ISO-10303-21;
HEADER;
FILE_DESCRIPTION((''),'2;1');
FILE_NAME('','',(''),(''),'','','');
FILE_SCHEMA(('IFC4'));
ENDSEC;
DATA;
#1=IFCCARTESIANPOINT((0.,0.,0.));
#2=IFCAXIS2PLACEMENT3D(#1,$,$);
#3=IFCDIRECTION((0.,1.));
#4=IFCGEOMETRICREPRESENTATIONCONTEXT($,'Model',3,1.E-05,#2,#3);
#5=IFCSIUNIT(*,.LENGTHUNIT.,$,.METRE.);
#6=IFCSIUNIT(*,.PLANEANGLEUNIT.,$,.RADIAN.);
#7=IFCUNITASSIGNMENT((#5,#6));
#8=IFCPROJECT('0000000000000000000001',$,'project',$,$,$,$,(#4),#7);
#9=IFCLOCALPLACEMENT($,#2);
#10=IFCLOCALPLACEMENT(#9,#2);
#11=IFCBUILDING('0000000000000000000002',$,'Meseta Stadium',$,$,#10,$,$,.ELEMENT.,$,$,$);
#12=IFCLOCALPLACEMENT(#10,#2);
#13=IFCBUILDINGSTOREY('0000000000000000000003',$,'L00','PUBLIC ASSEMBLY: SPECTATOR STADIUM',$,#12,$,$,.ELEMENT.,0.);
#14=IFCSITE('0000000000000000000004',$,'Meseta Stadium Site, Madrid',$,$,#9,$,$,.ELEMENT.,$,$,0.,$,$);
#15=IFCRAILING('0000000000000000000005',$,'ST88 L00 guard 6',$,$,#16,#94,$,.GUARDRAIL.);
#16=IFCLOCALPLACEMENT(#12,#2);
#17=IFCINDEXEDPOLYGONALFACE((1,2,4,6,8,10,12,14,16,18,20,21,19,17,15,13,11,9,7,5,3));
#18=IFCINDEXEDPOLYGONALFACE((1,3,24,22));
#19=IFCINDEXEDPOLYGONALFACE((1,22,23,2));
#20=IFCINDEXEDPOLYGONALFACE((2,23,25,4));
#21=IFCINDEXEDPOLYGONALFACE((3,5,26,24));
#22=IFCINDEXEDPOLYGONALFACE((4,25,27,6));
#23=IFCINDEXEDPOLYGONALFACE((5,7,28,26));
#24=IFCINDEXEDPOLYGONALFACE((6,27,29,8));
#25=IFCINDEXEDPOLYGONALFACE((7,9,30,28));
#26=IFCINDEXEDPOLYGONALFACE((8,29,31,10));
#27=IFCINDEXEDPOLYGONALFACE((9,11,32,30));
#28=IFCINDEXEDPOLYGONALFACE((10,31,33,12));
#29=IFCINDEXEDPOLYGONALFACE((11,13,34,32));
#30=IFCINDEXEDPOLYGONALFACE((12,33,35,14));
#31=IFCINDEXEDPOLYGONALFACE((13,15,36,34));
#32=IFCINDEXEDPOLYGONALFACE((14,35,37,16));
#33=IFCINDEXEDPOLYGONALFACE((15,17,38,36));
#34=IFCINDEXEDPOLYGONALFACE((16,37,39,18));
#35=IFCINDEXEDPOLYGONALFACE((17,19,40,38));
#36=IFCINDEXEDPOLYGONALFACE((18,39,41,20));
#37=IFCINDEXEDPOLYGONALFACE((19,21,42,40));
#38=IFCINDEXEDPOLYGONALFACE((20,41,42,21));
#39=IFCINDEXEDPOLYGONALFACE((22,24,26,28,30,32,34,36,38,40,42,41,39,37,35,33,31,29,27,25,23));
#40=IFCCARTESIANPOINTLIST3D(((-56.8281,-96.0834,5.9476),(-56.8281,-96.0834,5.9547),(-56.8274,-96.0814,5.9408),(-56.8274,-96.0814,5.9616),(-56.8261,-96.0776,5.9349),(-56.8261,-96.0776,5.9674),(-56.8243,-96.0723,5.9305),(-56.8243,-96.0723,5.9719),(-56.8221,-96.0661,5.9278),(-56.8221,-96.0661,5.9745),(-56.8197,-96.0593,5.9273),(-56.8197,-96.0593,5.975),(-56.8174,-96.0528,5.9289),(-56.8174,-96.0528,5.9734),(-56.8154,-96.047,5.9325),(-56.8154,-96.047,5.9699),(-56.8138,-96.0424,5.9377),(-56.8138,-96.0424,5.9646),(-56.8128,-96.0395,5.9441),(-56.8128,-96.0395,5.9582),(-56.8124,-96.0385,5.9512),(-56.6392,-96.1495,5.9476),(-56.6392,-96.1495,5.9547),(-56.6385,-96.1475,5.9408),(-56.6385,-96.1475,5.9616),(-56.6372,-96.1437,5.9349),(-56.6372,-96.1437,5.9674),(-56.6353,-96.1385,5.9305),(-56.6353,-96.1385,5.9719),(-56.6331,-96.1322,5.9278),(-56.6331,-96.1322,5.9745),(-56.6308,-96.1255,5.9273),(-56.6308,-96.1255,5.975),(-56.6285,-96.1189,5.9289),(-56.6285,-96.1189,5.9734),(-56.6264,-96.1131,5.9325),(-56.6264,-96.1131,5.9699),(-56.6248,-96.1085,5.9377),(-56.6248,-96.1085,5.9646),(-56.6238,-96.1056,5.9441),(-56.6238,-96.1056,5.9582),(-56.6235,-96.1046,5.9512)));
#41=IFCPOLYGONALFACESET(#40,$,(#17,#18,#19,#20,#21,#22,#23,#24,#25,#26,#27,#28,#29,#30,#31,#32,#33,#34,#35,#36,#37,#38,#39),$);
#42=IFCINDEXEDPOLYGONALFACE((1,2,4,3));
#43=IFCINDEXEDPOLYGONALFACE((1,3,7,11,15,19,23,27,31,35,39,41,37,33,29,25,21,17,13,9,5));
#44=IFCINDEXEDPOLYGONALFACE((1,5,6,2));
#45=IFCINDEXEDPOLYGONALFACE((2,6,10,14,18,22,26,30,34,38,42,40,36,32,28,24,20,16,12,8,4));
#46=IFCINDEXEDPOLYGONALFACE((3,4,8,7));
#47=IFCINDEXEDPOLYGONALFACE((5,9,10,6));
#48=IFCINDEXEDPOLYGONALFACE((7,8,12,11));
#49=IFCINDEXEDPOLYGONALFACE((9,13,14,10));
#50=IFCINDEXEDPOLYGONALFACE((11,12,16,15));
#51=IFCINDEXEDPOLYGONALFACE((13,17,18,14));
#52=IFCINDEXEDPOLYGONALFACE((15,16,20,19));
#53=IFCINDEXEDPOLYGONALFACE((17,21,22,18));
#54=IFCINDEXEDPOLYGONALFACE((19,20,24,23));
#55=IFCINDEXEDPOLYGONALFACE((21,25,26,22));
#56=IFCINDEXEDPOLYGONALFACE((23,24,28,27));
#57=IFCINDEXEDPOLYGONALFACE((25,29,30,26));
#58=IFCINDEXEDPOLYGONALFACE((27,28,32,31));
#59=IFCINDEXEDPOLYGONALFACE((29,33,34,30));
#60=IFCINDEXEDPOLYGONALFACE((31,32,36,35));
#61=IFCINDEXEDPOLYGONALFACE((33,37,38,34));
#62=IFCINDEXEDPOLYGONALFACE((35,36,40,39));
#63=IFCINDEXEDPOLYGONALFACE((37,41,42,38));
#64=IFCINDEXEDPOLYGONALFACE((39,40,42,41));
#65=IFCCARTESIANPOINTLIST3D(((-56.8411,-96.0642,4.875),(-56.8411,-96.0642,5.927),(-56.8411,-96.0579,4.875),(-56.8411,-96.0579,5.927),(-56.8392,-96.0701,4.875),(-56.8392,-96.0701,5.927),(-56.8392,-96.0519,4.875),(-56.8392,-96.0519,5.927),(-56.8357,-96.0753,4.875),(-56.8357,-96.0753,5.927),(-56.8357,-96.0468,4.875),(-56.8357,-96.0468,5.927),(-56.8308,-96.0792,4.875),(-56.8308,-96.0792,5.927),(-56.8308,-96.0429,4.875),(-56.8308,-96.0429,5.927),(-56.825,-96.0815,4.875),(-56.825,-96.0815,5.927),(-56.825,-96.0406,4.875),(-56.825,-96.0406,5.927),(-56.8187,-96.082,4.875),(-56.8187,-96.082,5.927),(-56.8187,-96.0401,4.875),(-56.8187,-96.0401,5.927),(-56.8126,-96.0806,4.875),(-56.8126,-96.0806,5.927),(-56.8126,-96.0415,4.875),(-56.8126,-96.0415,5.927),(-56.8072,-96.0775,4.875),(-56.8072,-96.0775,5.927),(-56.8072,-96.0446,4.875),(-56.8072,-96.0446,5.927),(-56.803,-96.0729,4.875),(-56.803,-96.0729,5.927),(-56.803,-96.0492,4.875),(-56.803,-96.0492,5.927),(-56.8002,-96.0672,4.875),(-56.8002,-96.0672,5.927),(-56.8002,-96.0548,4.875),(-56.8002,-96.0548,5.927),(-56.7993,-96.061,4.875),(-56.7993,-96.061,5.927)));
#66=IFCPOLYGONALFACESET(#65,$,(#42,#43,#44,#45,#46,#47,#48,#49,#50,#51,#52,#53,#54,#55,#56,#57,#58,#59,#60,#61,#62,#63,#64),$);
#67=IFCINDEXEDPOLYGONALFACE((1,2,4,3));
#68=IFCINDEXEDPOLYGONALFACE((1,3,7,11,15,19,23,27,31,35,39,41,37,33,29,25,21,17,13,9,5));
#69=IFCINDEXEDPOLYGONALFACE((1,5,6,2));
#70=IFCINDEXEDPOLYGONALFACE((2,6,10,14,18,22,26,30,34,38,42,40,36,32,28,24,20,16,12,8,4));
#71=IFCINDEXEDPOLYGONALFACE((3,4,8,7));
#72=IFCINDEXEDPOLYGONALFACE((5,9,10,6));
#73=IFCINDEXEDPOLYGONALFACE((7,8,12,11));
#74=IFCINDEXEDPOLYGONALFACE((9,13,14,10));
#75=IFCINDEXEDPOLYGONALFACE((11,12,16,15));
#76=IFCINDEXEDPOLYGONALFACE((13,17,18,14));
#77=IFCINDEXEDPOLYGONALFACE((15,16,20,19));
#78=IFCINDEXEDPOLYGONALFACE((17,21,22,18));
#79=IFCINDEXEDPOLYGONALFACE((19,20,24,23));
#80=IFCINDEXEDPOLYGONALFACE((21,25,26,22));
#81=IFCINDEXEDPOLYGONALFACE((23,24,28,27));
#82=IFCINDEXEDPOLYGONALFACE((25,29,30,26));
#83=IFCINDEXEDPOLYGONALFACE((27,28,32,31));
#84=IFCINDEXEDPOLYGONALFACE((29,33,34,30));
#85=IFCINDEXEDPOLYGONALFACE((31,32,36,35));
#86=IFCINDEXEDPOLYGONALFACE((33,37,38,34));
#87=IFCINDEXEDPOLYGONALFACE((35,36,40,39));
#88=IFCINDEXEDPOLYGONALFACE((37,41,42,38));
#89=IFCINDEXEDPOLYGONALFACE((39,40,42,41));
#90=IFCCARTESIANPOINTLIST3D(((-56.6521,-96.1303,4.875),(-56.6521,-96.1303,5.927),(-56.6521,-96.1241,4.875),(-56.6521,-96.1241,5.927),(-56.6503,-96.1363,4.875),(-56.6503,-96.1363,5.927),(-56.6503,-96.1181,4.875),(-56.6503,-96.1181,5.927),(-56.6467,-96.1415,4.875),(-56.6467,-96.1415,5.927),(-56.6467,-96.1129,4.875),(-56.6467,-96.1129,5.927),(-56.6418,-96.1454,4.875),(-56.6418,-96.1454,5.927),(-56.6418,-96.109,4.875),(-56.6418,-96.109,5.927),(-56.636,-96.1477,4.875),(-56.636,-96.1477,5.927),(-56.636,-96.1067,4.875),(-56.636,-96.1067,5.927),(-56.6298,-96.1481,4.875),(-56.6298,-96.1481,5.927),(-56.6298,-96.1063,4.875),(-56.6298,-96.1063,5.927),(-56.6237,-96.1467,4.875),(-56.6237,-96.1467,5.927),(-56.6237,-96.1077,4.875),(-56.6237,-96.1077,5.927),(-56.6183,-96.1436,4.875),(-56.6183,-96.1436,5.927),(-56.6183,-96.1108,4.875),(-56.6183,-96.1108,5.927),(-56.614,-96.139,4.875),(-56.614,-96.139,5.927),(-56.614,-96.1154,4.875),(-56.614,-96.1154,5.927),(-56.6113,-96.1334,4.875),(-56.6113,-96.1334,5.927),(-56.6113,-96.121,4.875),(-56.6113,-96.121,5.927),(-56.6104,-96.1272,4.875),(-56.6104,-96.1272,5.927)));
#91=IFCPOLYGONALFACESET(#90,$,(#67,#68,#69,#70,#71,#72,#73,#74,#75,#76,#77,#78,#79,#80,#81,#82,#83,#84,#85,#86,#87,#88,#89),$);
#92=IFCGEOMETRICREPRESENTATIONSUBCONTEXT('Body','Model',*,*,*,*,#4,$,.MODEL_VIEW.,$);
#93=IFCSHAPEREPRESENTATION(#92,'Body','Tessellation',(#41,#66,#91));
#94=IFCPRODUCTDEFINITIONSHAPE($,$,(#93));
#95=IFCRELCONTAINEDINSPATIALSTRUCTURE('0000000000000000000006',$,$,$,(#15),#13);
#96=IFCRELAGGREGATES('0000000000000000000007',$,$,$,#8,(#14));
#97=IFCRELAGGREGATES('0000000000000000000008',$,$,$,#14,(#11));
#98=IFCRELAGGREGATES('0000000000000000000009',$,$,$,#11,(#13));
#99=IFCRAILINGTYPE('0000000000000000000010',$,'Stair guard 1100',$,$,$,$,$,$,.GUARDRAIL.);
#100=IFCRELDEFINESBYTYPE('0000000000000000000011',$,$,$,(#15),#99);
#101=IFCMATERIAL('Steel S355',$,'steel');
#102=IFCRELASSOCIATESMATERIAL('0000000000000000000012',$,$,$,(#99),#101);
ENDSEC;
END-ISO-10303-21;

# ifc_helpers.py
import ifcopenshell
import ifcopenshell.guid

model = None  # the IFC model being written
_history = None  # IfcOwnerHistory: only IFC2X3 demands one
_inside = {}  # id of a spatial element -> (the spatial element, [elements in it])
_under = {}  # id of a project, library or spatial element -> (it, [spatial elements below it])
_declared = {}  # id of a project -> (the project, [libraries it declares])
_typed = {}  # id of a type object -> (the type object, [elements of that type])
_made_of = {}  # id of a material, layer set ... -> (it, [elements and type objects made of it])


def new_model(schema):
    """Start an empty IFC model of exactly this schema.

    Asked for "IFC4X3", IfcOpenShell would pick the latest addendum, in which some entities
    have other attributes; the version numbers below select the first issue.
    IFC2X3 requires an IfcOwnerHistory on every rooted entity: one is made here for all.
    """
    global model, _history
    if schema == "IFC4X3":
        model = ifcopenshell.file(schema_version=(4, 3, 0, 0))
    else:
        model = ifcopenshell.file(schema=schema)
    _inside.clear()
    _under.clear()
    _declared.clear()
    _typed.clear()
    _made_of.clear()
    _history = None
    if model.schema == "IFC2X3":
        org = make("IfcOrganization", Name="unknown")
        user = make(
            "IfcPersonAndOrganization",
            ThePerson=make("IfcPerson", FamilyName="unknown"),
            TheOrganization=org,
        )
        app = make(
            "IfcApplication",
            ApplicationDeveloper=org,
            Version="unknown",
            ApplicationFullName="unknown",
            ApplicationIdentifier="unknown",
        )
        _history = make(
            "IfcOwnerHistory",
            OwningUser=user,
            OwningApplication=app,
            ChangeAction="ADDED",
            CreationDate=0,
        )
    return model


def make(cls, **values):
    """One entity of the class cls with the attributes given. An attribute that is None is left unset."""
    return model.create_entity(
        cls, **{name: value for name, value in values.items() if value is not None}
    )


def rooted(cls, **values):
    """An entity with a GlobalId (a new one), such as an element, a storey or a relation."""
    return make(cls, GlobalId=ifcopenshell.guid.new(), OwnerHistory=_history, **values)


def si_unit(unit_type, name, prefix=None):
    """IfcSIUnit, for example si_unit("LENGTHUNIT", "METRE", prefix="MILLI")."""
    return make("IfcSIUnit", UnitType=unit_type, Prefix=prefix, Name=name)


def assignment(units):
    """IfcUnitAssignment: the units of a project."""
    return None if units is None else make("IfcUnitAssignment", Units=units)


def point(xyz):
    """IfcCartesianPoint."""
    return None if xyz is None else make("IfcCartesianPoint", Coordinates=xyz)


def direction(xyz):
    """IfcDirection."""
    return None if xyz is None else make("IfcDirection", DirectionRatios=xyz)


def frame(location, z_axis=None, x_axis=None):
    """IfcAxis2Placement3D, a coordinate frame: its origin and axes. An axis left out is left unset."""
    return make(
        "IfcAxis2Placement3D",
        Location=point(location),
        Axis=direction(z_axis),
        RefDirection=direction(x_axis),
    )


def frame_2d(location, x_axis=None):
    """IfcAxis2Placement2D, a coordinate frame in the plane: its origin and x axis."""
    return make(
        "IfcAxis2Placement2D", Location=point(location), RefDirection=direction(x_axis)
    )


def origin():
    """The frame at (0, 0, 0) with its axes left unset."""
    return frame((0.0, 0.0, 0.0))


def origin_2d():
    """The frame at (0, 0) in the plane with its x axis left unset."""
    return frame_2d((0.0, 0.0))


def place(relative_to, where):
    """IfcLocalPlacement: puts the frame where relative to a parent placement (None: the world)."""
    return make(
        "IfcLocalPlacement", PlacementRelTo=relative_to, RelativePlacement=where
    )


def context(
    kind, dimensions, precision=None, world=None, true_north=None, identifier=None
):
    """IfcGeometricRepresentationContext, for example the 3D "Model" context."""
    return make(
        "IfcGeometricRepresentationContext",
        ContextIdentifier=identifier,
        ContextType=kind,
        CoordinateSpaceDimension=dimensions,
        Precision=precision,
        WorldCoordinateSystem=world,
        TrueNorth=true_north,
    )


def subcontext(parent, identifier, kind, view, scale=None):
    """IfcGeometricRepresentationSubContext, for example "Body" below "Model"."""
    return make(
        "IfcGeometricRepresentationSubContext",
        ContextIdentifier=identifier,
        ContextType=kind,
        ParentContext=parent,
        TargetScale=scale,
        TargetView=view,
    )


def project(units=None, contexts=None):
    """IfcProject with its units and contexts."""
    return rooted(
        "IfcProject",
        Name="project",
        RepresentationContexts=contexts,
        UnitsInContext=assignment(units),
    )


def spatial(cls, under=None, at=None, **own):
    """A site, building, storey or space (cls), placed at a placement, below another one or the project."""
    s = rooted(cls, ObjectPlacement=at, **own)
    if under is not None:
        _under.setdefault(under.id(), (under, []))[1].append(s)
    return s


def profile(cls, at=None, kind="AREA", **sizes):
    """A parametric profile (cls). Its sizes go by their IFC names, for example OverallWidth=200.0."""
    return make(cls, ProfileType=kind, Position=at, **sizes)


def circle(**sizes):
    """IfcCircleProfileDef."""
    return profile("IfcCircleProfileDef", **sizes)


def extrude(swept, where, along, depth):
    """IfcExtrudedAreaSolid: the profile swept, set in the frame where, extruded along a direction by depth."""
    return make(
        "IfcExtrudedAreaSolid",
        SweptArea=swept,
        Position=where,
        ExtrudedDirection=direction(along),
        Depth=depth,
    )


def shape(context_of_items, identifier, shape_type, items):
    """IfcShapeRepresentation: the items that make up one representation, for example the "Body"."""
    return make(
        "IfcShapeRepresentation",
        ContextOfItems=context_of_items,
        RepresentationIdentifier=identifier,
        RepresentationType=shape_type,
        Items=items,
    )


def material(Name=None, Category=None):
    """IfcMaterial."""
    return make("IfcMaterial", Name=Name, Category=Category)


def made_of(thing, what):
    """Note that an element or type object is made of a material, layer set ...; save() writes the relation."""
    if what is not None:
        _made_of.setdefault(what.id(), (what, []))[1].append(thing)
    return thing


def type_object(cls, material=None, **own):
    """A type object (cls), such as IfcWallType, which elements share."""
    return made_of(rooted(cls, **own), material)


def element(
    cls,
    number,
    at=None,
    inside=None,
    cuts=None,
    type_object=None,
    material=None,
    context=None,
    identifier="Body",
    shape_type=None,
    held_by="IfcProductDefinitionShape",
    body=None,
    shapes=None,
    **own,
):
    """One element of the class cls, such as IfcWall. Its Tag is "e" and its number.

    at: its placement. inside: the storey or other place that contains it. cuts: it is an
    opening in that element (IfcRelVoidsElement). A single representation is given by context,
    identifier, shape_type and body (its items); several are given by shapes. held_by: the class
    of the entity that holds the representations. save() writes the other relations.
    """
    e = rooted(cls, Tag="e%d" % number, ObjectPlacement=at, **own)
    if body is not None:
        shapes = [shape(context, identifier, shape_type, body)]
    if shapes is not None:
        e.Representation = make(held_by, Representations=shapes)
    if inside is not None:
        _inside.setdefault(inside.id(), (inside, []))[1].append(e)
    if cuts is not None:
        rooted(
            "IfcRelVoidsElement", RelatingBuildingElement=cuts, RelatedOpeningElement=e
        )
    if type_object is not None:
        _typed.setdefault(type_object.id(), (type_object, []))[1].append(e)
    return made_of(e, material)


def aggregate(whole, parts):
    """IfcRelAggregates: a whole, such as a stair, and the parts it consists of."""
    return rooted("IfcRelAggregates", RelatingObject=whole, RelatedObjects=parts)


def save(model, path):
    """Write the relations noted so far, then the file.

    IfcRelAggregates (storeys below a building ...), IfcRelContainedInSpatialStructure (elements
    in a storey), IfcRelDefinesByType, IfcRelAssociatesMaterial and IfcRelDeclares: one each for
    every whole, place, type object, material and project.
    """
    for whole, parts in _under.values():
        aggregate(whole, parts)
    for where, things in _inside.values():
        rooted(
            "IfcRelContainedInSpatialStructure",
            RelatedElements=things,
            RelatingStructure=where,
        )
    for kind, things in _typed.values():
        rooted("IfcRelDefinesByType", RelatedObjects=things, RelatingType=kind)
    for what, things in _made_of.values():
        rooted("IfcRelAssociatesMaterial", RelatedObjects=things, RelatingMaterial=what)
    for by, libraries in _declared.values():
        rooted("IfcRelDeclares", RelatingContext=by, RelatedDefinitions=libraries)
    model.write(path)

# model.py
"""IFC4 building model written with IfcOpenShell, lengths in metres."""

from ifc_helpers import new_model, si_unit, direction, frame, origin, origin_2d, place, context, subcontext, project, spatial, circle, extrude, material, type_object, element, save


model = new_model("IFC4")

# Units and contexts
model_context = context("Model", 3, precision=1e-05, world=origin(), true_north=direction((0.0, 1.0)))
body_context = subcontext(model_context, "Body", "Model", "MODEL_VIEW")
ifc_project = project(units=[si_unit("LENGTHUNIT", "METRE"), si_unit("PLANEANGLEUNIT", "RADIAN")], contexts=[model_context])

# Site, building, storey
site_placement = place(None, origin())
site = spatial("IfcSite", under=ifc_project, at=site_placement, Name="Meseta Stadium Site, Madrid", CompositionType="ELEMENT", RefElevation=0.0)
building_placement = place(site_placement, origin())
building = spatial("IfcBuilding", under=site, at=building_placement, Name="Meseta Stadium", CompositionType="ELEMENT")
storey_placement = place(building_placement, origin())
storey = spatial("IfcBuildingStorey", under=building, at=storey_placement, Name="L00", Description="PUBLIC ASSEMBLY: SPECTATOR STADIUM", CompositionType="ELEMENT", Elevation=0.0)

# Railing
ifc_material_1 = material(Name="Steel S355", Category="steel")
railing_type_1 = type_object("IfcRailingType", Name="Stair guard 1100", PredefinedType="GUARDRAIL", material=ifc_material_1)
railing_1_placement = place(storey_placement, frame((-56.8203, -96.061, 4.875)))
element("IfcRailing", 1, at=railing_1_placement, inside=storey, type_object=railing_type_1, Name="ST88 L00 guard 6", PredefinedType="GUARDRAIL", context=body_context, shape_type="SweptSolid", body=[
    extrude(circle(Radius=0.0239, at=origin_2d()), frame((0.0, 0.0, 1.0762), z_axis=(0.94382, -0.330459, 0.0), x_axis=(0.330459, 0.94382, 0.0)), (0.0, 0.0, 1.0), 0.2002),
    extrude(circle(Radius=0.021, at=origin_2d()), origin(), (0.0, 0.0, 1.0), 1.052),
    extrude(circle(Radius=0.021, at=origin_2d()), frame((0.189, -0.0662, 0.0)), (0.0, 0.0, 1.0), 1.052),
])

save(model, "model.ifc")
